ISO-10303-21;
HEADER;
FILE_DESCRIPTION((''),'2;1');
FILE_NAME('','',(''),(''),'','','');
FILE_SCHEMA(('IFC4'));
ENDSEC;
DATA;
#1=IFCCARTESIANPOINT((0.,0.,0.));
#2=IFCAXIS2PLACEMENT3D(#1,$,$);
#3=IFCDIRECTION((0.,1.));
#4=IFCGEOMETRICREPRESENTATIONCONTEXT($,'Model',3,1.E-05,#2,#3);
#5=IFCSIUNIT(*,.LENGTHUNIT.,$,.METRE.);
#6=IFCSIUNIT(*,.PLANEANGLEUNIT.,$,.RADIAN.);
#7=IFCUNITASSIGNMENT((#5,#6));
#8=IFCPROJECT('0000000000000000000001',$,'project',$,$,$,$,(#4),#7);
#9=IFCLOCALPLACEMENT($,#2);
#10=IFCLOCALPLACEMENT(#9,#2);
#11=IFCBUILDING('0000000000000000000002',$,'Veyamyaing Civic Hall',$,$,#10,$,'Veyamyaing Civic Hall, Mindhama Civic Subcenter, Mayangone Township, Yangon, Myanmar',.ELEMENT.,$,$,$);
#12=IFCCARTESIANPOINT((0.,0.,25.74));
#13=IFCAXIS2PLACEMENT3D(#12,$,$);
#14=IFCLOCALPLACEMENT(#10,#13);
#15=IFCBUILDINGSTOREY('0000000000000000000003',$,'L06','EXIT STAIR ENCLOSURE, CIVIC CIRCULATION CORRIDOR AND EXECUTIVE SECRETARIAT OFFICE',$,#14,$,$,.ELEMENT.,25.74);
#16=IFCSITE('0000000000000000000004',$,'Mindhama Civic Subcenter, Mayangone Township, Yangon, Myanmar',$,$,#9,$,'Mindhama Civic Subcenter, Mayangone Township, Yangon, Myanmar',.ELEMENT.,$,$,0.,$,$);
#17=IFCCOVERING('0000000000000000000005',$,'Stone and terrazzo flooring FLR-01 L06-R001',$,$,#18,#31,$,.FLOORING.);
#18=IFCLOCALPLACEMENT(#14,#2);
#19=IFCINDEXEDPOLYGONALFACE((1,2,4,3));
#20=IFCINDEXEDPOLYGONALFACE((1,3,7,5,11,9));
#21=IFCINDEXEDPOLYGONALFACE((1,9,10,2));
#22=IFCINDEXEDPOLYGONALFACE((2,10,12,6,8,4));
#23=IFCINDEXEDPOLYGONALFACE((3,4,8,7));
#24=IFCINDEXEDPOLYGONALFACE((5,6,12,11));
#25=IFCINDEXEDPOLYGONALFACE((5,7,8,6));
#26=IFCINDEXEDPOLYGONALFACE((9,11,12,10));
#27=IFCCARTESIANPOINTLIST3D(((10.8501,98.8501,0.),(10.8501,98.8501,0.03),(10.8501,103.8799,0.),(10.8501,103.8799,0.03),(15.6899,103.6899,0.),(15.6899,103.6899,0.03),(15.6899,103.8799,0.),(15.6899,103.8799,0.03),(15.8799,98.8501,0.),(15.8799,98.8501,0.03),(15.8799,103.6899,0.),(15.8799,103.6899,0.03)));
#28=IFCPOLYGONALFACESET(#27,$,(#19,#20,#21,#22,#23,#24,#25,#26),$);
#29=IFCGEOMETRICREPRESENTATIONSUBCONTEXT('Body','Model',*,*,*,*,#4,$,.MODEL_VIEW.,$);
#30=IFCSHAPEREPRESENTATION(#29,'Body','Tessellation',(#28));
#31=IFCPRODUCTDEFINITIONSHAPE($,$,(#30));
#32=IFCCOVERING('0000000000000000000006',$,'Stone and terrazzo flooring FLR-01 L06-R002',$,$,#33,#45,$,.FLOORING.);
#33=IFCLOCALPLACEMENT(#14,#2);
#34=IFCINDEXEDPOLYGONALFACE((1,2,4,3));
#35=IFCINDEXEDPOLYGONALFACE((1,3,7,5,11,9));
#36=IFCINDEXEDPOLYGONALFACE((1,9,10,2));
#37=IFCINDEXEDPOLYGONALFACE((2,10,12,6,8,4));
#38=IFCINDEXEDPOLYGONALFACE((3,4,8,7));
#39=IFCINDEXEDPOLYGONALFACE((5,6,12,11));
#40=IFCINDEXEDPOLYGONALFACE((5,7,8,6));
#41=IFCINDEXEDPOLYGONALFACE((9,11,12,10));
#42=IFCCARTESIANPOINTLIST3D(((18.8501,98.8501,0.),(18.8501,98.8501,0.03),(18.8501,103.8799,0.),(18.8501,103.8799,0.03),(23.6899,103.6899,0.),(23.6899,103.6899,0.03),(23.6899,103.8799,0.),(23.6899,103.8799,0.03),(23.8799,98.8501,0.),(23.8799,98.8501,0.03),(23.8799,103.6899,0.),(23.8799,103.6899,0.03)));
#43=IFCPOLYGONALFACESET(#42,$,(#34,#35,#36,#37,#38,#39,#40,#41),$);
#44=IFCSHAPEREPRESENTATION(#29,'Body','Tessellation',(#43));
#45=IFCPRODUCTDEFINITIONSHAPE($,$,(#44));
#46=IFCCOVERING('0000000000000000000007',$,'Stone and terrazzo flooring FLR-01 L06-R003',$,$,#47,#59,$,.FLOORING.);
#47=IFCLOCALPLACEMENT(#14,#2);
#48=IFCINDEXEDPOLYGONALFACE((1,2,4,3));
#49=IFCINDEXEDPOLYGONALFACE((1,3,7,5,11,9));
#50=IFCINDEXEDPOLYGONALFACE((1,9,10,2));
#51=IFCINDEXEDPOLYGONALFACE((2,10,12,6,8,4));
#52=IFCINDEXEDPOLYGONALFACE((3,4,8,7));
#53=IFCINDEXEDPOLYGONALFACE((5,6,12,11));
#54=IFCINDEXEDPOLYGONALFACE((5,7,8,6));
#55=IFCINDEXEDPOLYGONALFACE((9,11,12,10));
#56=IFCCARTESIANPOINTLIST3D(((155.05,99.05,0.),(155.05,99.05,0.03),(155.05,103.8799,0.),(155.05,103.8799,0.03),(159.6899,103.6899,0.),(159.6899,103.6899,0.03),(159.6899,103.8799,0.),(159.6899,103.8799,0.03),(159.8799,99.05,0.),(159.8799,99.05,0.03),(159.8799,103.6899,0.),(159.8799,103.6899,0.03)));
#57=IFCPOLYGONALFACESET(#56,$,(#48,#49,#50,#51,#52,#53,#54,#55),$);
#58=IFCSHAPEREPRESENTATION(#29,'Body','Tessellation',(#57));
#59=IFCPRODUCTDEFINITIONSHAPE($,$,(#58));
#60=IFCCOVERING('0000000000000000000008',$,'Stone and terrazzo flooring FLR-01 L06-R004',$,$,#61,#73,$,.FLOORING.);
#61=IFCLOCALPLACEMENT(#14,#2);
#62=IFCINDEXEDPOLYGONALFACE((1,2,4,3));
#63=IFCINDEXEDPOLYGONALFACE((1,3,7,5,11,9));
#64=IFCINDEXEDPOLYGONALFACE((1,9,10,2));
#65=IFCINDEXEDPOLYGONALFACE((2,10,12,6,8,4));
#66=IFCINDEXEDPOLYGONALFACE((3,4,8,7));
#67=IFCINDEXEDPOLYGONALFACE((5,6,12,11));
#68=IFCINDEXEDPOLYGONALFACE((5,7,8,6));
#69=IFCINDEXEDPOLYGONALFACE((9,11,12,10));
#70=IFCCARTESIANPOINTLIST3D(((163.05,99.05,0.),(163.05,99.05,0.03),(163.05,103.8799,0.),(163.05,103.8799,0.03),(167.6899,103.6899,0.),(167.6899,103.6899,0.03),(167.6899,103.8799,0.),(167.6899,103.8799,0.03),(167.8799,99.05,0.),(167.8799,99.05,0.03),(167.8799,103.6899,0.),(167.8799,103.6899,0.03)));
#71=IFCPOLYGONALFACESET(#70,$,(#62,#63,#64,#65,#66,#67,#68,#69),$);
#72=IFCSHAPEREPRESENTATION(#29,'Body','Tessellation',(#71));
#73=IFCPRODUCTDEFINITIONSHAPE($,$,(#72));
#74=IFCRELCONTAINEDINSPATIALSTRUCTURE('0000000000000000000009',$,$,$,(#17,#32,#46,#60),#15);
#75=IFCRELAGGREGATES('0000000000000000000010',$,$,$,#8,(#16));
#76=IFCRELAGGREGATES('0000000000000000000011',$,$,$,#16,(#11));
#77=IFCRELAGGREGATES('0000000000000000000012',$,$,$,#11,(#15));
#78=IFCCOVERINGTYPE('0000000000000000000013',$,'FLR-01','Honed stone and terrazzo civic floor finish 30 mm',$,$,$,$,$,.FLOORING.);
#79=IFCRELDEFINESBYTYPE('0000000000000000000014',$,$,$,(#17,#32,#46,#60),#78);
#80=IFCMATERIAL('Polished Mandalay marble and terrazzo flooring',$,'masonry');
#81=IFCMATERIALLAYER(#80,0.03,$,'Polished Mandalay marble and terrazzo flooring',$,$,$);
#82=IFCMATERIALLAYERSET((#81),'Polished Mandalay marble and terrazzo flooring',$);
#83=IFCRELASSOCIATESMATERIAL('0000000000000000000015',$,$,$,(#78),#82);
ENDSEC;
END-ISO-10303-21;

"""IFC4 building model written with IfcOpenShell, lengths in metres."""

from ifc_helpers import new_model, si_unit, direction, frame, origin, place, context, subcontext, project, spatial, polyline, outline, extrude, material, layer, layer_set, type_object, element, save


model = new_model("IFC4")

# Units and contexts
model_context = context("Model", 3, precision=1e-05, world=origin(), true_north=direction((0.0, 1.0)))
body_context = subcontext(model_context, "Body", "Model", "MODEL_VIEW")
ifc_project = project(units=[si_unit("LENGTHUNIT", "METRE"), si_unit("PLANEANGLEUNIT", "RADIAN")], contexts=[model_context])

# Site, building, storey
site_placement = place(None, origin())
site = spatial("IfcSite", under=ifc_project, at=site_placement, Name="Mindhama Civic Subcenter, Mayangone Township, Yangon, Myanmar", LongName="Mindhama Civic Subcenter, Mayangone Township, Yangon, Myanmar", CompositionType="ELEMENT", RefElevation=0.0)
building_placement = place(site_placement, origin())
building = spatial("IfcBuilding", under=site, at=building_placement, Name="Veyamyaing Civic Hall", LongName="Veyamyaing Civic Hall, Mindhama Civic Subcenter, Mayangone Township, Yangon, Myanmar", CompositionType="ELEMENT")
storey_placement = place(building_placement, frame((0.0, 0.0, 25.74)))
storey = spatial("IfcBuildingStorey", under=building, at=storey_placement, Name="L06", Description="EXIT STAIR ENCLOSURE, CIVIC CIRCULATION CORRIDOR AND EXECUTIVE SECRETARIAT OFFICE", CompositionType="ELEMENT", Elevation=25.74)

# Coverings
ifc_material_1 = material(Name="Polished Mandalay marble and terrazzo flooring", Category="masonry")
ifc_layer_1 = layer(ifc_material_1, 0.03, Name="Polished Mandalay marble and terrazzo flooring")
ifc_layer_set_1 = layer_set([ifc_layer_1], Name="Polished Mandalay marble and terrazzo flooring")
covering_type_1 = type_object("IfcCoveringType", Name="FLR-01", Description="Honed stone and terrazzo civic floor finish 30 mm", PredefinedType="FLOORING", material=ifc_layer_set_1)
covering_1_placement = place(storey_placement, origin())
element("IfcCovering", 1, at=covering_1_placement, inside=storey, type_object=covering_type_1, Name="Stone and terrazzo flooring FLR-01 L06-R001", PredefinedType="FLOORING", context=body_context, shape_type="SweptSolid", body=[
    extrude(outline(polyline([(10.8501, 103.8799), (15.6899, 103.8799), (15.6899, 103.6899), (15.8799, 103.6899), (15.8799, 98.8501), (10.8501, 98.8501), (10.8501, 103.8799)])), origin(), (0.0, 0.0, 1.0), 0.03),
])
covering_2_placement = place(storey_placement, origin())
element("IfcCovering", 2, at=covering_2_placement, inside=storey, type_object=covering_type_1, Name="Stone and terrazzo flooring FLR-01 L06-R002", PredefinedType="FLOORING", context=body_context, shape_type="SweptSolid", body=[
    extrude(outline(polyline([(18.8501, 103.8799), (23.6899, 103.8799), (23.6899, 103.6899), (23.8799, 103.6899), (23.8799, 98.8501), (18.8501, 98.8501), (18.8501, 103.8799)])), origin(), (0.0, 0.0, 1.0), 0.03),
])
covering_3_placement = place(storey_placement, origin())
element("IfcCovering", 3, at=covering_3_placement, inside=storey, type_object=covering_type_1, Name="Stone and terrazzo flooring FLR-01 L06-R003", PredefinedType="FLOORING", context=body_context, shape_type="SweptSolid", body=[
    extrude(outline(polyline([(155.05, 103.8799), (159.6899, 103.8799), (159.6899, 103.6899), (159.8799, 103.6899), (159.8799, 99.05), (155.05, 99.05), (155.05, 103.8799)])), origin(), (0.0, 0.0, 1.0), 0.03),
])
covering_4_placement = place(storey_placement, origin())
element("IfcCovering", 4, at=covering_4_placement, inside=storey, type_object=covering_type_1, Name="Stone and terrazzo flooring FLR-01 L06-R004", PredefinedType="FLOORING", context=body_context, shape_type="SweptSolid", body=[
    extrude(outline(polyline([(163.05, 103.8799), (167.6899, 103.8799), (167.6899, 103.6899), (167.8799, 103.6899), (167.8799, 99.05), (163.05, 99.05), (163.05, 103.8799)])), origin(), (0.0, 0.0, 1.0), 0.03),
])

save(model, "model.ifc")
